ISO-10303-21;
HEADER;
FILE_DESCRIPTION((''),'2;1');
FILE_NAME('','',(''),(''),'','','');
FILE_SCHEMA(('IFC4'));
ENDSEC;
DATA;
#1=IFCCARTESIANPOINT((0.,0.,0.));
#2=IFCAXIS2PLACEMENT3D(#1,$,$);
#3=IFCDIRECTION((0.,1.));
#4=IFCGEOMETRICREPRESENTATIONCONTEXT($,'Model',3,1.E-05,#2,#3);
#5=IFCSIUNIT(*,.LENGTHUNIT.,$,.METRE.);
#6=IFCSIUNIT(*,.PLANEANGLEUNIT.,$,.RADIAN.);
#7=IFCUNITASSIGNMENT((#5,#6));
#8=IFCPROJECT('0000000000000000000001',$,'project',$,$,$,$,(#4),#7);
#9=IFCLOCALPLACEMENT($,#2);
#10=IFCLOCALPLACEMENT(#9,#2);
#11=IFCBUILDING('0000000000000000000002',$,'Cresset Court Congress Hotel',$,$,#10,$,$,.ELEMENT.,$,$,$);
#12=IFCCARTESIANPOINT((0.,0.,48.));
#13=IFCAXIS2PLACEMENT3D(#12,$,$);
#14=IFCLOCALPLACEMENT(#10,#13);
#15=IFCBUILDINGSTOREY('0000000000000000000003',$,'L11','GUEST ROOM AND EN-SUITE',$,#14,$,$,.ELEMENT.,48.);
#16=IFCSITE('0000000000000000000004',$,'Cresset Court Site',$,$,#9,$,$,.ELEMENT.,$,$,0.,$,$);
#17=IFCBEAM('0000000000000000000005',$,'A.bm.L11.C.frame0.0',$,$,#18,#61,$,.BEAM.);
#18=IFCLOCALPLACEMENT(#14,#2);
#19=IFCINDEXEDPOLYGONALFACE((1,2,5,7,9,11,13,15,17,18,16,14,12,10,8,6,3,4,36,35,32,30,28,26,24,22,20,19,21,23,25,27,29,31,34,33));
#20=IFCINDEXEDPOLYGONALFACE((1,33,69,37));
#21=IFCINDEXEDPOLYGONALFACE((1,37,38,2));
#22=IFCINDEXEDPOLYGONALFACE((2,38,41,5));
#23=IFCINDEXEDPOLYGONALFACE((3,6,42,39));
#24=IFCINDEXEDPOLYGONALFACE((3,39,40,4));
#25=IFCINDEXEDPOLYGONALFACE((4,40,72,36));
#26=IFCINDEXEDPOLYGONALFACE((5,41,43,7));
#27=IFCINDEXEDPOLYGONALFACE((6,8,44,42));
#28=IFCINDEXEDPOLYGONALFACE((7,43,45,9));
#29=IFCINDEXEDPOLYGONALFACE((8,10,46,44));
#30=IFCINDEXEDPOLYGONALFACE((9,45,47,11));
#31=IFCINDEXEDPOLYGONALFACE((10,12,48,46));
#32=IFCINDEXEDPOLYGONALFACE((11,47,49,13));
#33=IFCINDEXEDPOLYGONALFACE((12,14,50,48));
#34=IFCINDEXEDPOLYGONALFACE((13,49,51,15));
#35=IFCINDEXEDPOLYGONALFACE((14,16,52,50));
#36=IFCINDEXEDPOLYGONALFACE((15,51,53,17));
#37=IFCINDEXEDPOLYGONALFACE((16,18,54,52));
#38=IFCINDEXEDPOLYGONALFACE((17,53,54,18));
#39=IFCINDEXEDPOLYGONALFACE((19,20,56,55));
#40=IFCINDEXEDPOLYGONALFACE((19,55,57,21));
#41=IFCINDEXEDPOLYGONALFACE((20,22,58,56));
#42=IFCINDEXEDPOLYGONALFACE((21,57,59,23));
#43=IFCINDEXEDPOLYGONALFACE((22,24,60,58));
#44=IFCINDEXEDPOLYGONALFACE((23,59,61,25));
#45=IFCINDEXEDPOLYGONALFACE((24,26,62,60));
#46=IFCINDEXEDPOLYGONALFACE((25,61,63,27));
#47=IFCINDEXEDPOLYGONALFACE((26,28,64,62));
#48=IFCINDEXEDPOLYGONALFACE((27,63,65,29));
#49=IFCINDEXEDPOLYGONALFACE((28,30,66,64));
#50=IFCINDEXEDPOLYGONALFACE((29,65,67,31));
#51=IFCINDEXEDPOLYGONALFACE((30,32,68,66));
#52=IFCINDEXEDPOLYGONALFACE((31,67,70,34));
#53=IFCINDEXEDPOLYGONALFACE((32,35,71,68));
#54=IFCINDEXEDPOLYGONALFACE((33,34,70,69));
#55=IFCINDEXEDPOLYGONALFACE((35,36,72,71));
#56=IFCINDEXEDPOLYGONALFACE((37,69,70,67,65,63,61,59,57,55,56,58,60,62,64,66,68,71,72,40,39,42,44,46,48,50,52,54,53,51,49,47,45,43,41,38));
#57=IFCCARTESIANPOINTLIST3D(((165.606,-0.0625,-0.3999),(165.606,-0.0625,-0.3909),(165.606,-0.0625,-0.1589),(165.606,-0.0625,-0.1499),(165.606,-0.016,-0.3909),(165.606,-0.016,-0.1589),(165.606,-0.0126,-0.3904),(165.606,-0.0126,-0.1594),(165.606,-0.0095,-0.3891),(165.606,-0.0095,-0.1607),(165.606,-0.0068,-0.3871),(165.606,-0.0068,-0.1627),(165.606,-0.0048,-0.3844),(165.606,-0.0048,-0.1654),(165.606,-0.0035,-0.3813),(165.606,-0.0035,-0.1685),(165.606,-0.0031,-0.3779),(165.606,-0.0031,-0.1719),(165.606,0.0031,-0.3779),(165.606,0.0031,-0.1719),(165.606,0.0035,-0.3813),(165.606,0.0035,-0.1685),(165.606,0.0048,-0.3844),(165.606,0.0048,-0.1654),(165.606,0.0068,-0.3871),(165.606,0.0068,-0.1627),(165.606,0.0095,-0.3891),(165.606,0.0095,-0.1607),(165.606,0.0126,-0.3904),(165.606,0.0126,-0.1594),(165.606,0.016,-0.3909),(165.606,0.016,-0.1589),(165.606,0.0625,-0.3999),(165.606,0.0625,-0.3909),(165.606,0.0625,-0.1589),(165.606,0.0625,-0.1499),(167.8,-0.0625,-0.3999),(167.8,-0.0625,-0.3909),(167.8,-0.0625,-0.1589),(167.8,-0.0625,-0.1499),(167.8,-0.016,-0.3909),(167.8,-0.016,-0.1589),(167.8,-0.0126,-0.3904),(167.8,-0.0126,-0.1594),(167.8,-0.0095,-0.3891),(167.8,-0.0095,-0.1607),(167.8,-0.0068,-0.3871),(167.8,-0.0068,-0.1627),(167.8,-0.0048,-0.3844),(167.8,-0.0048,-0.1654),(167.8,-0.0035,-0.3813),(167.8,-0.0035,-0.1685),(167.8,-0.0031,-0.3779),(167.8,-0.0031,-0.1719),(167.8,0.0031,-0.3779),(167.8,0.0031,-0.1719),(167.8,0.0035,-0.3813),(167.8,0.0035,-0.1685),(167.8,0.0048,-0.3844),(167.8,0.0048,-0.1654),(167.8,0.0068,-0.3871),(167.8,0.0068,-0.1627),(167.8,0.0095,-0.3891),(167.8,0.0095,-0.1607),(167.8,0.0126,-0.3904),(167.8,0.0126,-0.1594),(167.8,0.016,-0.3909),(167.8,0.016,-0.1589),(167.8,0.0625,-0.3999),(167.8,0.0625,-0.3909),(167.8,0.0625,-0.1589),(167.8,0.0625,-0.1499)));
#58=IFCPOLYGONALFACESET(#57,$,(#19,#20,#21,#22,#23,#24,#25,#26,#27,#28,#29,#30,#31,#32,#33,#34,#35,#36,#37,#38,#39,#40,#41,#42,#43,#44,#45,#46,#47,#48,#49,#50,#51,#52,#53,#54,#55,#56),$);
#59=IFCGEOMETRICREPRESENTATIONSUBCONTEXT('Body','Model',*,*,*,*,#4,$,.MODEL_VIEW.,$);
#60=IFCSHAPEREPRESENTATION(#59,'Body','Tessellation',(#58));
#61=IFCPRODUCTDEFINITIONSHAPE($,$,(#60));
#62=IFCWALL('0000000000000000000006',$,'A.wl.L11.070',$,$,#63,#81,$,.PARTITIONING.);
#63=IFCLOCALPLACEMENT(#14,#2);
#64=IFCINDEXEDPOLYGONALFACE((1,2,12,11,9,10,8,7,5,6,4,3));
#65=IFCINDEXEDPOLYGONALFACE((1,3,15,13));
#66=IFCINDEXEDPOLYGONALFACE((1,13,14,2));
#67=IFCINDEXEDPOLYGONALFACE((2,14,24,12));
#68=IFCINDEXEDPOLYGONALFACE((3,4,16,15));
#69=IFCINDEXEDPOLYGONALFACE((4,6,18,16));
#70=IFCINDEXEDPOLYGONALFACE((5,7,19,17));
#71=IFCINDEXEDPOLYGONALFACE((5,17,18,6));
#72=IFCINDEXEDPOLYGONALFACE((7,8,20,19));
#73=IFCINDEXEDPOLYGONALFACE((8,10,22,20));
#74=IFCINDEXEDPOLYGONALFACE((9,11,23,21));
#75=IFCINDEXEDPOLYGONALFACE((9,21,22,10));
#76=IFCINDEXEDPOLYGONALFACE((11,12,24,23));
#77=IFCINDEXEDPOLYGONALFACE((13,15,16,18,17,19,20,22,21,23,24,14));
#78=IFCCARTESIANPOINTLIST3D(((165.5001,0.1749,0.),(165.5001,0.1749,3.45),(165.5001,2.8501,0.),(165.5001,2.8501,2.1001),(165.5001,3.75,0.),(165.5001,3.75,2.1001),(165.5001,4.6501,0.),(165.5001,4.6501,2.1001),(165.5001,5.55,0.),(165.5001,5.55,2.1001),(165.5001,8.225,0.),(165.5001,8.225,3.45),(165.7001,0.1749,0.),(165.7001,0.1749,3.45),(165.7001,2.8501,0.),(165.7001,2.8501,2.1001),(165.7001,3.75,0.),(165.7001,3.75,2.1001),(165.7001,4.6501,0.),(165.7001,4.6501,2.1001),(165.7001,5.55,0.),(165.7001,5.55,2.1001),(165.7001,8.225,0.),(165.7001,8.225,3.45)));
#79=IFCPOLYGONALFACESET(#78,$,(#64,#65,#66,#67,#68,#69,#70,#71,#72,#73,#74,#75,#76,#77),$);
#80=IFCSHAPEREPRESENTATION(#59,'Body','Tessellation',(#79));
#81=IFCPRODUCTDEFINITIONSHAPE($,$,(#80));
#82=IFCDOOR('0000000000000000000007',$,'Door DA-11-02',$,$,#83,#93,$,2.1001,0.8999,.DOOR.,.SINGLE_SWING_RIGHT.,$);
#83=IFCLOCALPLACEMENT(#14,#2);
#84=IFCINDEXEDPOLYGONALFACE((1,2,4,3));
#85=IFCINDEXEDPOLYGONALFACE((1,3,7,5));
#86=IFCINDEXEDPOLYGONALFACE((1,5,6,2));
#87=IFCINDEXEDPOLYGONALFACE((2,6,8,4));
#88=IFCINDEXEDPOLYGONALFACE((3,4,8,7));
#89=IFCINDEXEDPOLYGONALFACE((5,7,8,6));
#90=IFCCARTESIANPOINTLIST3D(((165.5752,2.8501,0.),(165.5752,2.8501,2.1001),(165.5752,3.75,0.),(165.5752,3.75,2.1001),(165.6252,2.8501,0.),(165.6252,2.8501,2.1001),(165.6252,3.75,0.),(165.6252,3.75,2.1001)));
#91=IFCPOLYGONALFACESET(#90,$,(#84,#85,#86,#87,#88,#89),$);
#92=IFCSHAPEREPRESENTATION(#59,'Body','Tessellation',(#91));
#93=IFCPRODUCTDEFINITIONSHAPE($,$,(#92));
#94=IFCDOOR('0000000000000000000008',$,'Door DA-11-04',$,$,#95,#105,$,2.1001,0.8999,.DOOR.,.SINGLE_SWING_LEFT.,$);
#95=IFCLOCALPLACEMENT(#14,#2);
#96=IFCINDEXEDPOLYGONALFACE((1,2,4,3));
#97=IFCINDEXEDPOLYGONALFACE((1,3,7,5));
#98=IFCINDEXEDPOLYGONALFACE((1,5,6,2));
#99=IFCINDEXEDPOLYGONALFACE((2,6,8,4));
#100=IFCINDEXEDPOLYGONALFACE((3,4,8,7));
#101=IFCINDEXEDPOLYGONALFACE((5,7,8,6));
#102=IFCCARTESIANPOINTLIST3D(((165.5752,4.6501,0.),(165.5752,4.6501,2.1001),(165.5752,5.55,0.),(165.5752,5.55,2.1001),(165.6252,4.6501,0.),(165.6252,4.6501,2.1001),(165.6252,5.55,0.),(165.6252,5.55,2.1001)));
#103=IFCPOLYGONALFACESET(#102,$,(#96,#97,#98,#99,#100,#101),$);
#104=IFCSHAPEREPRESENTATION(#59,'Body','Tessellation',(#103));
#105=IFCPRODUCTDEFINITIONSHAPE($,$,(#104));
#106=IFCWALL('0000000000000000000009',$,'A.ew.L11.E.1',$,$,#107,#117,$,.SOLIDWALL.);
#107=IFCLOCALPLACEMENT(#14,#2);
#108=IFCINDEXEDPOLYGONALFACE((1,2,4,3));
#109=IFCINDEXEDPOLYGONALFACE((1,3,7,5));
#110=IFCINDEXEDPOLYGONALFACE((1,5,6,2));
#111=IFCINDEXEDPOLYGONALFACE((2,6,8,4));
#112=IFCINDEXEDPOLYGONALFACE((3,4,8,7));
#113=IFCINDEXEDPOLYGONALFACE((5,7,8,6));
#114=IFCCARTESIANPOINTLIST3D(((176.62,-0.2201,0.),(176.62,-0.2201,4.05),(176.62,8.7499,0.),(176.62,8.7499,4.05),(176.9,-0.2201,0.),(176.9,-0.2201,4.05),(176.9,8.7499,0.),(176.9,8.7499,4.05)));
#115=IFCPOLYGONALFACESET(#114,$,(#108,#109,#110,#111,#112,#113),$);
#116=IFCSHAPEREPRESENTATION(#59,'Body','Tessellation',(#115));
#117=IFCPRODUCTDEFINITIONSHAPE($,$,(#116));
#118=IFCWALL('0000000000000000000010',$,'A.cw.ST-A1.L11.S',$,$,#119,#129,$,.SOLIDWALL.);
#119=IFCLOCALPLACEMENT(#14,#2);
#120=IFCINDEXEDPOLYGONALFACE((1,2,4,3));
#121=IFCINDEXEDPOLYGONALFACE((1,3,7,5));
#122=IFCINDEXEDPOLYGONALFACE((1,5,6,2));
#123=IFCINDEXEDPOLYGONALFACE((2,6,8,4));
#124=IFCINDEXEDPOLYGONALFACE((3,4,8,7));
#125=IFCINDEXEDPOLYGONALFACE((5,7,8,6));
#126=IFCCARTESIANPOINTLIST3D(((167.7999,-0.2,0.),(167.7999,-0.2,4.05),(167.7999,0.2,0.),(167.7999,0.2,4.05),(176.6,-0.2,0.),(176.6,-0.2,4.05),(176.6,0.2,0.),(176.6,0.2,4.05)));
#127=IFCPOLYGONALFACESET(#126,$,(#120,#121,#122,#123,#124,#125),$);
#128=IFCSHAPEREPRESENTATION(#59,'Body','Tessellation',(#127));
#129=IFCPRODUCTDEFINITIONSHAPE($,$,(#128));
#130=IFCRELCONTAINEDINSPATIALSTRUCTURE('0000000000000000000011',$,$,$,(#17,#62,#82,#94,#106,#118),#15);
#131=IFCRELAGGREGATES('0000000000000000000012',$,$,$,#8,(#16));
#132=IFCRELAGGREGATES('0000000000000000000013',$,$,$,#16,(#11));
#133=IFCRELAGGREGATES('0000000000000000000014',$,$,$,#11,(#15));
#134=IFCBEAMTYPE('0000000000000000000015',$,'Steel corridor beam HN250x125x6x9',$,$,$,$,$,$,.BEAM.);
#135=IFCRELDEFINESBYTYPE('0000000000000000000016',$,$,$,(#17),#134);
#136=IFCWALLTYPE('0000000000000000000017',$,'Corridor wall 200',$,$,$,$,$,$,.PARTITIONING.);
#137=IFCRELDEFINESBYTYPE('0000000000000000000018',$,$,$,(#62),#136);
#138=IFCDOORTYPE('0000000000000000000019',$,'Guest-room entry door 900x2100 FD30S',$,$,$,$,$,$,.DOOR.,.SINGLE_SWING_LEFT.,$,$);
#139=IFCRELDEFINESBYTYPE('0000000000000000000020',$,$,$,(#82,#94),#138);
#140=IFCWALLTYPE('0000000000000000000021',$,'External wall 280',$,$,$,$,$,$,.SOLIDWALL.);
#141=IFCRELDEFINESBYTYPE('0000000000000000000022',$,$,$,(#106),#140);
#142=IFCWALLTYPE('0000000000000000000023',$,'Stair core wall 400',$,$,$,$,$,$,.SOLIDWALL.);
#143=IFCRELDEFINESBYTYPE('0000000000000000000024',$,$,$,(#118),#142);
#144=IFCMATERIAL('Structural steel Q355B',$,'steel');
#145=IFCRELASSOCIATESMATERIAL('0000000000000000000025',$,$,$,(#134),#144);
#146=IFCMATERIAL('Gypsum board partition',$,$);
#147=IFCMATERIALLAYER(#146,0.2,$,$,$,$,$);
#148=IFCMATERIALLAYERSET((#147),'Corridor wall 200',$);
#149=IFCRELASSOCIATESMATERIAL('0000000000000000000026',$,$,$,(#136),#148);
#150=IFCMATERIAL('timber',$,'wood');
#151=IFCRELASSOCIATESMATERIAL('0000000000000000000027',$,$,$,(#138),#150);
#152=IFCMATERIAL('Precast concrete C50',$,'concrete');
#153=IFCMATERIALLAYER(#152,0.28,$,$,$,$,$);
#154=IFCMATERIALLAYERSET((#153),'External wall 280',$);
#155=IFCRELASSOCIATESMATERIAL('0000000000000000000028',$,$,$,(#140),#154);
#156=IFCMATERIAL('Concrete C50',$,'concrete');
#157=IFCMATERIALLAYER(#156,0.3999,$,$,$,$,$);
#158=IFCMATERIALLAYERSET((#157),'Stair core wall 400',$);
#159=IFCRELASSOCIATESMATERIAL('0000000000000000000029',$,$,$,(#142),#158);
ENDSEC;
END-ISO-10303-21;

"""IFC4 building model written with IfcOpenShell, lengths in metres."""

from ifc_helpers import new_model, si_unit, direction, frame, frame_2d, origin, origin_2d, place, context, subcontext, project, spatial, rectangle, i_section, extrude, material, layer, layer_set, material_profile, profile_set, type_object, element, fill, save


model = new_model("IFC4")

# Units and contexts
model_context = context("Model", 3, precision=1e-05, world=origin(), true_north=direction((0.0, 1.0)))
body_context = subcontext(model_context, "Body", "Model", "MODEL_VIEW")
ifc_project = project(units=[si_unit("LENGTHUNIT", "METRE"), si_unit("PLANEANGLEUNIT", "RADIAN")], contexts=[model_context])

# Site, building, storey
site_placement = place(None, origin())
site = spatial("IfcSite", under=ifc_project, at=site_placement, Name="Cresset Court Site", CompositionType="ELEMENT", RefElevation=0.0)
building_placement = place(site_placement, origin())
building = spatial("IfcBuilding", under=site, at=building_placement, Name="Cresset Court Congress Hotel", CompositionType="ELEMENT")
storey_placement = place(building_placement, frame((0.0, 0.0, 48.0)))
storey = spatial("IfcBuildingStorey", under=building, at=storey_placement, Name="L11", Description="GUEST ROOM AND EN-SUITE", CompositionType="ELEMENT", Elevation=48.0)

# Beam
ifc_material_1 = material(Name="Structural steel Q355B", Category="steel")
ifc_material_profile = material_profile(ifc_material_1, i_section(OverallWidth=0.125, OverallDepth=0.25, WebThickness=0.0061, FlangeThickness=0.009, FilletRadius=0.0129, at=origin_2d()), Name="HN250x125x6x9")
ifc_profile_set = profile_set([ifc_material_profile], Name="Structural steel Q355B")
beam_type = type_object("IfcBeamType", Name="Steel corridor beam HN250x125x6x9", PredefinedType="BEAM", material=ifc_profile_set)
beam_placement = place(storey_placement, frame((165.606, 0.0, -0.2749), z_axis=(1.0, 0.0, 0.0), x_axis=(0.0, 1.0, 0.0)))
element("IfcBeam", 1, at=beam_placement, inside=storey, type_object=beam_type, Name="A.bm.L11.C.frame0.0", PredefinedType="BEAM", context=body_context, shape_type="SweptSolid", body=[
    extrude(i_section(OverallWidth=0.125, OverallDepth=0.25, WebThickness=0.0061, FlangeThickness=0.009, FilletRadius=0.0129, at=origin_2d()), origin(), (0.0, 0.0, 1.0), 2.1941),
])

# Wall, openings, doors
ifc_material_2 = material(Name="Gypsum board partition")
ifc_layer_1 = layer(ifc_material_2, 0.2)
ifc_layer_set_1 = layer_set([ifc_layer_1], Name="Corridor wall 200")
wall_type_1 = type_object("IfcWallType", Name="Corridor wall 200", PredefinedType="PARTITIONING", material=ifc_layer_set_1)
wall_1_placement = place(storey_placement, frame((165.6001, 0.175, 0.0), z_axis=(0.0, 0.0, 1.0), x_axis=(0.0, 1.0, 0.0)))
wall_1 = element("IfcWall", 2, at=wall_1_placement, inside=storey, type_object=wall_type_1, Name="A.wl.L11.070", PredefinedType="PARTITIONING", context=body_context, shape_type="SweptSolid", body=[
    extrude(rectangle(XDim=8.05, YDim=0.2, at=frame_2d((4.0249, 0.0))), origin(), (0.0, 0.0, 1.0), 3.45),
])
opening_1_placement = place(wall_1_placement, frame((2.675, 0.0, 0.0)))
opening_1 = element("IfcOpeningElement", 3, at=opening_1_placement, cuts=wall_1, PredefinedType="OPENING", context=body_context, shape_type="SweptSolid", body=[
    extrude(rectangle(XDim=0.8999, YDim=2.1001, at=frame_2d((0.45, 1.05))), frame((0.0, 0.1099, 0.0), z_axis=(0.0, -1.0, 0.0), x_axis=(1.0, 0.0, 0.0)), (0.0, 0.0, 1.0), 0.22),
])
opening_2_placement = place(wall_1_placement, frame((4.4751, 0.0, 0.0)))
opening_2 = element("IfcOpeningElement", 4, at=opening_2_placement, cuts=wall_1, PredefinedType="OPENING", context=body_context, shape_type="SweptSolid", body=[
    extrude(rectangle(XDim=0.8999, YDim=2.1001, at=frame_2d((0.45, 1.05))), frame((0.0, 0.1099, 0.0), z_axis=(0.0, -1.0, 0.0), x_axis=(1.0, 0.0, 0.0)), (0.0, 0.0, 1.0), 0.22),
])
ifc_material_3 = material(Name="timber", Category="wood")
door_type_1 = type_object("IfcDoorType", Name="Guest-room entry door 900x2100 FD30S", OperationType="SINGLE_SWING_LEFT", PredefinedType="DOOR", material=ifc_material_3)
door_1_placement = place(opening_1_placement, origin())
door_1 = element("IfcDoor", 5, at=door_1_placement, inside=storey, type_object=door_type_1, Name="Door DA-11-02", OperationType="SINGLE_SWING_RIGHT", OverallHeight=2.1001, OverallWidth=0.8999, PredefinedType="DOOR", context=body_context, shape_type="SweptSolid", body=[
    extrude(rectangle(XDim=0.8999, YDim=2.1001, at=frame_2d((0.45, 1.05))), frame((0.0, 0.0249, 0.0), z_axis=(0.0, -1.0, 0.0), x_axis=(1.0, 0.0, 0.0)), (0.0, 0.0, 1.0), 0.05),
])
fill(opening_1, door_1)
door_2_placement = place(opening_2_placement, origin())
door_2 = element("IfcDoor", 6, at=door_2_placement, inside=storey, type_object=door_type_1, Name="Door DA-11-04", OperationType="SINGLE_SWING_LEFT", OverallHeight=2.1001, OverallWidth=0.8999, PredefinedType="DOOR", context=body_context, shape_type="SweptSolid", body=[
    extrude(rectangle(XDim=0.8999, YDim=2.1001, at=frame_2d((0.45, 1.05))), frame((0.0, 0.0249, 0.0), z_axis=(0.0, -1.0, 0.0), x_axis=(1.0, 0.0, 0.0)), (0.0, 0.0, 1.0), 0.05),
])
fill(opening_2, door_2)

# Walls
ifc_material_4 = material(Name="Precast concrete C50", Category="concrete")
ifc_layer_2 = layer(ifc_material_4, 0.28)
ifc_layer_set_2 = layer_set([ifc_layer_2], Name="External wall 280")
wall_type_2 = type_object("IfcWallType", Name="External wall 280", PredefinedType="SOLIDWALL", material=ifc_layer_set_2)
wall_2_placement = place(storey_placement, frame((176.76, -0.22, 0.0), z_axis=(0.0, 0.0, 1.0), x_axis=(0.0, 1.0, 0.0)))
element("IfcWall", 7, at=wall_2_placement, inside=storey, type_object=wall_type_2, Name="A.ew.L11.E.1", PredefinedType="SOLIDWALL", context=body_context, shape_type="SweptSolid", body=[
    extrude(rectangle(XDim=8.97, YDim=0.28, at=frame_2d((4.4849, 0.0))), origin(), (0.0, 0.0, 1.0), 4.05),
])
ifc_material_5 = material(Name="Concrete C50", Category="concrete")
ifc_layer_3 = layer(ifc_material_5, 0.3999)
ifc_layer_set_3 = layer_set([ifc_layer_3], Name="Stair core wall 400")
wall_type_3 = type_object("IfcWallType", Name="Stair core wall 400", PredefinedType="SOLIDWALL", material=ifc_layer_set_3)
wall_3_placement = place(storey_placement, frame((167.8, 0.0, 0.0), z_axis=(0.0, 0.0, 1.0), x_axis=(1.0, 0.0, 0.0)))
element("IfcWall", 8, at=wall_3_placement, inside=storey, type_object=wall_type_3, Name="A.cw.ST-A1.L11.S", PredefinedType="SOLIDWALL", context=body_context, shape_type="SweptSolid", body=[
    extrude(rectangle(XDim=8.8, YDim=0.3999, at=frame_2d((4.3999, 0.0))), origin(), (0.0, 0.0, 1.0), 4.05),
])

save(model, "model.ifc")
